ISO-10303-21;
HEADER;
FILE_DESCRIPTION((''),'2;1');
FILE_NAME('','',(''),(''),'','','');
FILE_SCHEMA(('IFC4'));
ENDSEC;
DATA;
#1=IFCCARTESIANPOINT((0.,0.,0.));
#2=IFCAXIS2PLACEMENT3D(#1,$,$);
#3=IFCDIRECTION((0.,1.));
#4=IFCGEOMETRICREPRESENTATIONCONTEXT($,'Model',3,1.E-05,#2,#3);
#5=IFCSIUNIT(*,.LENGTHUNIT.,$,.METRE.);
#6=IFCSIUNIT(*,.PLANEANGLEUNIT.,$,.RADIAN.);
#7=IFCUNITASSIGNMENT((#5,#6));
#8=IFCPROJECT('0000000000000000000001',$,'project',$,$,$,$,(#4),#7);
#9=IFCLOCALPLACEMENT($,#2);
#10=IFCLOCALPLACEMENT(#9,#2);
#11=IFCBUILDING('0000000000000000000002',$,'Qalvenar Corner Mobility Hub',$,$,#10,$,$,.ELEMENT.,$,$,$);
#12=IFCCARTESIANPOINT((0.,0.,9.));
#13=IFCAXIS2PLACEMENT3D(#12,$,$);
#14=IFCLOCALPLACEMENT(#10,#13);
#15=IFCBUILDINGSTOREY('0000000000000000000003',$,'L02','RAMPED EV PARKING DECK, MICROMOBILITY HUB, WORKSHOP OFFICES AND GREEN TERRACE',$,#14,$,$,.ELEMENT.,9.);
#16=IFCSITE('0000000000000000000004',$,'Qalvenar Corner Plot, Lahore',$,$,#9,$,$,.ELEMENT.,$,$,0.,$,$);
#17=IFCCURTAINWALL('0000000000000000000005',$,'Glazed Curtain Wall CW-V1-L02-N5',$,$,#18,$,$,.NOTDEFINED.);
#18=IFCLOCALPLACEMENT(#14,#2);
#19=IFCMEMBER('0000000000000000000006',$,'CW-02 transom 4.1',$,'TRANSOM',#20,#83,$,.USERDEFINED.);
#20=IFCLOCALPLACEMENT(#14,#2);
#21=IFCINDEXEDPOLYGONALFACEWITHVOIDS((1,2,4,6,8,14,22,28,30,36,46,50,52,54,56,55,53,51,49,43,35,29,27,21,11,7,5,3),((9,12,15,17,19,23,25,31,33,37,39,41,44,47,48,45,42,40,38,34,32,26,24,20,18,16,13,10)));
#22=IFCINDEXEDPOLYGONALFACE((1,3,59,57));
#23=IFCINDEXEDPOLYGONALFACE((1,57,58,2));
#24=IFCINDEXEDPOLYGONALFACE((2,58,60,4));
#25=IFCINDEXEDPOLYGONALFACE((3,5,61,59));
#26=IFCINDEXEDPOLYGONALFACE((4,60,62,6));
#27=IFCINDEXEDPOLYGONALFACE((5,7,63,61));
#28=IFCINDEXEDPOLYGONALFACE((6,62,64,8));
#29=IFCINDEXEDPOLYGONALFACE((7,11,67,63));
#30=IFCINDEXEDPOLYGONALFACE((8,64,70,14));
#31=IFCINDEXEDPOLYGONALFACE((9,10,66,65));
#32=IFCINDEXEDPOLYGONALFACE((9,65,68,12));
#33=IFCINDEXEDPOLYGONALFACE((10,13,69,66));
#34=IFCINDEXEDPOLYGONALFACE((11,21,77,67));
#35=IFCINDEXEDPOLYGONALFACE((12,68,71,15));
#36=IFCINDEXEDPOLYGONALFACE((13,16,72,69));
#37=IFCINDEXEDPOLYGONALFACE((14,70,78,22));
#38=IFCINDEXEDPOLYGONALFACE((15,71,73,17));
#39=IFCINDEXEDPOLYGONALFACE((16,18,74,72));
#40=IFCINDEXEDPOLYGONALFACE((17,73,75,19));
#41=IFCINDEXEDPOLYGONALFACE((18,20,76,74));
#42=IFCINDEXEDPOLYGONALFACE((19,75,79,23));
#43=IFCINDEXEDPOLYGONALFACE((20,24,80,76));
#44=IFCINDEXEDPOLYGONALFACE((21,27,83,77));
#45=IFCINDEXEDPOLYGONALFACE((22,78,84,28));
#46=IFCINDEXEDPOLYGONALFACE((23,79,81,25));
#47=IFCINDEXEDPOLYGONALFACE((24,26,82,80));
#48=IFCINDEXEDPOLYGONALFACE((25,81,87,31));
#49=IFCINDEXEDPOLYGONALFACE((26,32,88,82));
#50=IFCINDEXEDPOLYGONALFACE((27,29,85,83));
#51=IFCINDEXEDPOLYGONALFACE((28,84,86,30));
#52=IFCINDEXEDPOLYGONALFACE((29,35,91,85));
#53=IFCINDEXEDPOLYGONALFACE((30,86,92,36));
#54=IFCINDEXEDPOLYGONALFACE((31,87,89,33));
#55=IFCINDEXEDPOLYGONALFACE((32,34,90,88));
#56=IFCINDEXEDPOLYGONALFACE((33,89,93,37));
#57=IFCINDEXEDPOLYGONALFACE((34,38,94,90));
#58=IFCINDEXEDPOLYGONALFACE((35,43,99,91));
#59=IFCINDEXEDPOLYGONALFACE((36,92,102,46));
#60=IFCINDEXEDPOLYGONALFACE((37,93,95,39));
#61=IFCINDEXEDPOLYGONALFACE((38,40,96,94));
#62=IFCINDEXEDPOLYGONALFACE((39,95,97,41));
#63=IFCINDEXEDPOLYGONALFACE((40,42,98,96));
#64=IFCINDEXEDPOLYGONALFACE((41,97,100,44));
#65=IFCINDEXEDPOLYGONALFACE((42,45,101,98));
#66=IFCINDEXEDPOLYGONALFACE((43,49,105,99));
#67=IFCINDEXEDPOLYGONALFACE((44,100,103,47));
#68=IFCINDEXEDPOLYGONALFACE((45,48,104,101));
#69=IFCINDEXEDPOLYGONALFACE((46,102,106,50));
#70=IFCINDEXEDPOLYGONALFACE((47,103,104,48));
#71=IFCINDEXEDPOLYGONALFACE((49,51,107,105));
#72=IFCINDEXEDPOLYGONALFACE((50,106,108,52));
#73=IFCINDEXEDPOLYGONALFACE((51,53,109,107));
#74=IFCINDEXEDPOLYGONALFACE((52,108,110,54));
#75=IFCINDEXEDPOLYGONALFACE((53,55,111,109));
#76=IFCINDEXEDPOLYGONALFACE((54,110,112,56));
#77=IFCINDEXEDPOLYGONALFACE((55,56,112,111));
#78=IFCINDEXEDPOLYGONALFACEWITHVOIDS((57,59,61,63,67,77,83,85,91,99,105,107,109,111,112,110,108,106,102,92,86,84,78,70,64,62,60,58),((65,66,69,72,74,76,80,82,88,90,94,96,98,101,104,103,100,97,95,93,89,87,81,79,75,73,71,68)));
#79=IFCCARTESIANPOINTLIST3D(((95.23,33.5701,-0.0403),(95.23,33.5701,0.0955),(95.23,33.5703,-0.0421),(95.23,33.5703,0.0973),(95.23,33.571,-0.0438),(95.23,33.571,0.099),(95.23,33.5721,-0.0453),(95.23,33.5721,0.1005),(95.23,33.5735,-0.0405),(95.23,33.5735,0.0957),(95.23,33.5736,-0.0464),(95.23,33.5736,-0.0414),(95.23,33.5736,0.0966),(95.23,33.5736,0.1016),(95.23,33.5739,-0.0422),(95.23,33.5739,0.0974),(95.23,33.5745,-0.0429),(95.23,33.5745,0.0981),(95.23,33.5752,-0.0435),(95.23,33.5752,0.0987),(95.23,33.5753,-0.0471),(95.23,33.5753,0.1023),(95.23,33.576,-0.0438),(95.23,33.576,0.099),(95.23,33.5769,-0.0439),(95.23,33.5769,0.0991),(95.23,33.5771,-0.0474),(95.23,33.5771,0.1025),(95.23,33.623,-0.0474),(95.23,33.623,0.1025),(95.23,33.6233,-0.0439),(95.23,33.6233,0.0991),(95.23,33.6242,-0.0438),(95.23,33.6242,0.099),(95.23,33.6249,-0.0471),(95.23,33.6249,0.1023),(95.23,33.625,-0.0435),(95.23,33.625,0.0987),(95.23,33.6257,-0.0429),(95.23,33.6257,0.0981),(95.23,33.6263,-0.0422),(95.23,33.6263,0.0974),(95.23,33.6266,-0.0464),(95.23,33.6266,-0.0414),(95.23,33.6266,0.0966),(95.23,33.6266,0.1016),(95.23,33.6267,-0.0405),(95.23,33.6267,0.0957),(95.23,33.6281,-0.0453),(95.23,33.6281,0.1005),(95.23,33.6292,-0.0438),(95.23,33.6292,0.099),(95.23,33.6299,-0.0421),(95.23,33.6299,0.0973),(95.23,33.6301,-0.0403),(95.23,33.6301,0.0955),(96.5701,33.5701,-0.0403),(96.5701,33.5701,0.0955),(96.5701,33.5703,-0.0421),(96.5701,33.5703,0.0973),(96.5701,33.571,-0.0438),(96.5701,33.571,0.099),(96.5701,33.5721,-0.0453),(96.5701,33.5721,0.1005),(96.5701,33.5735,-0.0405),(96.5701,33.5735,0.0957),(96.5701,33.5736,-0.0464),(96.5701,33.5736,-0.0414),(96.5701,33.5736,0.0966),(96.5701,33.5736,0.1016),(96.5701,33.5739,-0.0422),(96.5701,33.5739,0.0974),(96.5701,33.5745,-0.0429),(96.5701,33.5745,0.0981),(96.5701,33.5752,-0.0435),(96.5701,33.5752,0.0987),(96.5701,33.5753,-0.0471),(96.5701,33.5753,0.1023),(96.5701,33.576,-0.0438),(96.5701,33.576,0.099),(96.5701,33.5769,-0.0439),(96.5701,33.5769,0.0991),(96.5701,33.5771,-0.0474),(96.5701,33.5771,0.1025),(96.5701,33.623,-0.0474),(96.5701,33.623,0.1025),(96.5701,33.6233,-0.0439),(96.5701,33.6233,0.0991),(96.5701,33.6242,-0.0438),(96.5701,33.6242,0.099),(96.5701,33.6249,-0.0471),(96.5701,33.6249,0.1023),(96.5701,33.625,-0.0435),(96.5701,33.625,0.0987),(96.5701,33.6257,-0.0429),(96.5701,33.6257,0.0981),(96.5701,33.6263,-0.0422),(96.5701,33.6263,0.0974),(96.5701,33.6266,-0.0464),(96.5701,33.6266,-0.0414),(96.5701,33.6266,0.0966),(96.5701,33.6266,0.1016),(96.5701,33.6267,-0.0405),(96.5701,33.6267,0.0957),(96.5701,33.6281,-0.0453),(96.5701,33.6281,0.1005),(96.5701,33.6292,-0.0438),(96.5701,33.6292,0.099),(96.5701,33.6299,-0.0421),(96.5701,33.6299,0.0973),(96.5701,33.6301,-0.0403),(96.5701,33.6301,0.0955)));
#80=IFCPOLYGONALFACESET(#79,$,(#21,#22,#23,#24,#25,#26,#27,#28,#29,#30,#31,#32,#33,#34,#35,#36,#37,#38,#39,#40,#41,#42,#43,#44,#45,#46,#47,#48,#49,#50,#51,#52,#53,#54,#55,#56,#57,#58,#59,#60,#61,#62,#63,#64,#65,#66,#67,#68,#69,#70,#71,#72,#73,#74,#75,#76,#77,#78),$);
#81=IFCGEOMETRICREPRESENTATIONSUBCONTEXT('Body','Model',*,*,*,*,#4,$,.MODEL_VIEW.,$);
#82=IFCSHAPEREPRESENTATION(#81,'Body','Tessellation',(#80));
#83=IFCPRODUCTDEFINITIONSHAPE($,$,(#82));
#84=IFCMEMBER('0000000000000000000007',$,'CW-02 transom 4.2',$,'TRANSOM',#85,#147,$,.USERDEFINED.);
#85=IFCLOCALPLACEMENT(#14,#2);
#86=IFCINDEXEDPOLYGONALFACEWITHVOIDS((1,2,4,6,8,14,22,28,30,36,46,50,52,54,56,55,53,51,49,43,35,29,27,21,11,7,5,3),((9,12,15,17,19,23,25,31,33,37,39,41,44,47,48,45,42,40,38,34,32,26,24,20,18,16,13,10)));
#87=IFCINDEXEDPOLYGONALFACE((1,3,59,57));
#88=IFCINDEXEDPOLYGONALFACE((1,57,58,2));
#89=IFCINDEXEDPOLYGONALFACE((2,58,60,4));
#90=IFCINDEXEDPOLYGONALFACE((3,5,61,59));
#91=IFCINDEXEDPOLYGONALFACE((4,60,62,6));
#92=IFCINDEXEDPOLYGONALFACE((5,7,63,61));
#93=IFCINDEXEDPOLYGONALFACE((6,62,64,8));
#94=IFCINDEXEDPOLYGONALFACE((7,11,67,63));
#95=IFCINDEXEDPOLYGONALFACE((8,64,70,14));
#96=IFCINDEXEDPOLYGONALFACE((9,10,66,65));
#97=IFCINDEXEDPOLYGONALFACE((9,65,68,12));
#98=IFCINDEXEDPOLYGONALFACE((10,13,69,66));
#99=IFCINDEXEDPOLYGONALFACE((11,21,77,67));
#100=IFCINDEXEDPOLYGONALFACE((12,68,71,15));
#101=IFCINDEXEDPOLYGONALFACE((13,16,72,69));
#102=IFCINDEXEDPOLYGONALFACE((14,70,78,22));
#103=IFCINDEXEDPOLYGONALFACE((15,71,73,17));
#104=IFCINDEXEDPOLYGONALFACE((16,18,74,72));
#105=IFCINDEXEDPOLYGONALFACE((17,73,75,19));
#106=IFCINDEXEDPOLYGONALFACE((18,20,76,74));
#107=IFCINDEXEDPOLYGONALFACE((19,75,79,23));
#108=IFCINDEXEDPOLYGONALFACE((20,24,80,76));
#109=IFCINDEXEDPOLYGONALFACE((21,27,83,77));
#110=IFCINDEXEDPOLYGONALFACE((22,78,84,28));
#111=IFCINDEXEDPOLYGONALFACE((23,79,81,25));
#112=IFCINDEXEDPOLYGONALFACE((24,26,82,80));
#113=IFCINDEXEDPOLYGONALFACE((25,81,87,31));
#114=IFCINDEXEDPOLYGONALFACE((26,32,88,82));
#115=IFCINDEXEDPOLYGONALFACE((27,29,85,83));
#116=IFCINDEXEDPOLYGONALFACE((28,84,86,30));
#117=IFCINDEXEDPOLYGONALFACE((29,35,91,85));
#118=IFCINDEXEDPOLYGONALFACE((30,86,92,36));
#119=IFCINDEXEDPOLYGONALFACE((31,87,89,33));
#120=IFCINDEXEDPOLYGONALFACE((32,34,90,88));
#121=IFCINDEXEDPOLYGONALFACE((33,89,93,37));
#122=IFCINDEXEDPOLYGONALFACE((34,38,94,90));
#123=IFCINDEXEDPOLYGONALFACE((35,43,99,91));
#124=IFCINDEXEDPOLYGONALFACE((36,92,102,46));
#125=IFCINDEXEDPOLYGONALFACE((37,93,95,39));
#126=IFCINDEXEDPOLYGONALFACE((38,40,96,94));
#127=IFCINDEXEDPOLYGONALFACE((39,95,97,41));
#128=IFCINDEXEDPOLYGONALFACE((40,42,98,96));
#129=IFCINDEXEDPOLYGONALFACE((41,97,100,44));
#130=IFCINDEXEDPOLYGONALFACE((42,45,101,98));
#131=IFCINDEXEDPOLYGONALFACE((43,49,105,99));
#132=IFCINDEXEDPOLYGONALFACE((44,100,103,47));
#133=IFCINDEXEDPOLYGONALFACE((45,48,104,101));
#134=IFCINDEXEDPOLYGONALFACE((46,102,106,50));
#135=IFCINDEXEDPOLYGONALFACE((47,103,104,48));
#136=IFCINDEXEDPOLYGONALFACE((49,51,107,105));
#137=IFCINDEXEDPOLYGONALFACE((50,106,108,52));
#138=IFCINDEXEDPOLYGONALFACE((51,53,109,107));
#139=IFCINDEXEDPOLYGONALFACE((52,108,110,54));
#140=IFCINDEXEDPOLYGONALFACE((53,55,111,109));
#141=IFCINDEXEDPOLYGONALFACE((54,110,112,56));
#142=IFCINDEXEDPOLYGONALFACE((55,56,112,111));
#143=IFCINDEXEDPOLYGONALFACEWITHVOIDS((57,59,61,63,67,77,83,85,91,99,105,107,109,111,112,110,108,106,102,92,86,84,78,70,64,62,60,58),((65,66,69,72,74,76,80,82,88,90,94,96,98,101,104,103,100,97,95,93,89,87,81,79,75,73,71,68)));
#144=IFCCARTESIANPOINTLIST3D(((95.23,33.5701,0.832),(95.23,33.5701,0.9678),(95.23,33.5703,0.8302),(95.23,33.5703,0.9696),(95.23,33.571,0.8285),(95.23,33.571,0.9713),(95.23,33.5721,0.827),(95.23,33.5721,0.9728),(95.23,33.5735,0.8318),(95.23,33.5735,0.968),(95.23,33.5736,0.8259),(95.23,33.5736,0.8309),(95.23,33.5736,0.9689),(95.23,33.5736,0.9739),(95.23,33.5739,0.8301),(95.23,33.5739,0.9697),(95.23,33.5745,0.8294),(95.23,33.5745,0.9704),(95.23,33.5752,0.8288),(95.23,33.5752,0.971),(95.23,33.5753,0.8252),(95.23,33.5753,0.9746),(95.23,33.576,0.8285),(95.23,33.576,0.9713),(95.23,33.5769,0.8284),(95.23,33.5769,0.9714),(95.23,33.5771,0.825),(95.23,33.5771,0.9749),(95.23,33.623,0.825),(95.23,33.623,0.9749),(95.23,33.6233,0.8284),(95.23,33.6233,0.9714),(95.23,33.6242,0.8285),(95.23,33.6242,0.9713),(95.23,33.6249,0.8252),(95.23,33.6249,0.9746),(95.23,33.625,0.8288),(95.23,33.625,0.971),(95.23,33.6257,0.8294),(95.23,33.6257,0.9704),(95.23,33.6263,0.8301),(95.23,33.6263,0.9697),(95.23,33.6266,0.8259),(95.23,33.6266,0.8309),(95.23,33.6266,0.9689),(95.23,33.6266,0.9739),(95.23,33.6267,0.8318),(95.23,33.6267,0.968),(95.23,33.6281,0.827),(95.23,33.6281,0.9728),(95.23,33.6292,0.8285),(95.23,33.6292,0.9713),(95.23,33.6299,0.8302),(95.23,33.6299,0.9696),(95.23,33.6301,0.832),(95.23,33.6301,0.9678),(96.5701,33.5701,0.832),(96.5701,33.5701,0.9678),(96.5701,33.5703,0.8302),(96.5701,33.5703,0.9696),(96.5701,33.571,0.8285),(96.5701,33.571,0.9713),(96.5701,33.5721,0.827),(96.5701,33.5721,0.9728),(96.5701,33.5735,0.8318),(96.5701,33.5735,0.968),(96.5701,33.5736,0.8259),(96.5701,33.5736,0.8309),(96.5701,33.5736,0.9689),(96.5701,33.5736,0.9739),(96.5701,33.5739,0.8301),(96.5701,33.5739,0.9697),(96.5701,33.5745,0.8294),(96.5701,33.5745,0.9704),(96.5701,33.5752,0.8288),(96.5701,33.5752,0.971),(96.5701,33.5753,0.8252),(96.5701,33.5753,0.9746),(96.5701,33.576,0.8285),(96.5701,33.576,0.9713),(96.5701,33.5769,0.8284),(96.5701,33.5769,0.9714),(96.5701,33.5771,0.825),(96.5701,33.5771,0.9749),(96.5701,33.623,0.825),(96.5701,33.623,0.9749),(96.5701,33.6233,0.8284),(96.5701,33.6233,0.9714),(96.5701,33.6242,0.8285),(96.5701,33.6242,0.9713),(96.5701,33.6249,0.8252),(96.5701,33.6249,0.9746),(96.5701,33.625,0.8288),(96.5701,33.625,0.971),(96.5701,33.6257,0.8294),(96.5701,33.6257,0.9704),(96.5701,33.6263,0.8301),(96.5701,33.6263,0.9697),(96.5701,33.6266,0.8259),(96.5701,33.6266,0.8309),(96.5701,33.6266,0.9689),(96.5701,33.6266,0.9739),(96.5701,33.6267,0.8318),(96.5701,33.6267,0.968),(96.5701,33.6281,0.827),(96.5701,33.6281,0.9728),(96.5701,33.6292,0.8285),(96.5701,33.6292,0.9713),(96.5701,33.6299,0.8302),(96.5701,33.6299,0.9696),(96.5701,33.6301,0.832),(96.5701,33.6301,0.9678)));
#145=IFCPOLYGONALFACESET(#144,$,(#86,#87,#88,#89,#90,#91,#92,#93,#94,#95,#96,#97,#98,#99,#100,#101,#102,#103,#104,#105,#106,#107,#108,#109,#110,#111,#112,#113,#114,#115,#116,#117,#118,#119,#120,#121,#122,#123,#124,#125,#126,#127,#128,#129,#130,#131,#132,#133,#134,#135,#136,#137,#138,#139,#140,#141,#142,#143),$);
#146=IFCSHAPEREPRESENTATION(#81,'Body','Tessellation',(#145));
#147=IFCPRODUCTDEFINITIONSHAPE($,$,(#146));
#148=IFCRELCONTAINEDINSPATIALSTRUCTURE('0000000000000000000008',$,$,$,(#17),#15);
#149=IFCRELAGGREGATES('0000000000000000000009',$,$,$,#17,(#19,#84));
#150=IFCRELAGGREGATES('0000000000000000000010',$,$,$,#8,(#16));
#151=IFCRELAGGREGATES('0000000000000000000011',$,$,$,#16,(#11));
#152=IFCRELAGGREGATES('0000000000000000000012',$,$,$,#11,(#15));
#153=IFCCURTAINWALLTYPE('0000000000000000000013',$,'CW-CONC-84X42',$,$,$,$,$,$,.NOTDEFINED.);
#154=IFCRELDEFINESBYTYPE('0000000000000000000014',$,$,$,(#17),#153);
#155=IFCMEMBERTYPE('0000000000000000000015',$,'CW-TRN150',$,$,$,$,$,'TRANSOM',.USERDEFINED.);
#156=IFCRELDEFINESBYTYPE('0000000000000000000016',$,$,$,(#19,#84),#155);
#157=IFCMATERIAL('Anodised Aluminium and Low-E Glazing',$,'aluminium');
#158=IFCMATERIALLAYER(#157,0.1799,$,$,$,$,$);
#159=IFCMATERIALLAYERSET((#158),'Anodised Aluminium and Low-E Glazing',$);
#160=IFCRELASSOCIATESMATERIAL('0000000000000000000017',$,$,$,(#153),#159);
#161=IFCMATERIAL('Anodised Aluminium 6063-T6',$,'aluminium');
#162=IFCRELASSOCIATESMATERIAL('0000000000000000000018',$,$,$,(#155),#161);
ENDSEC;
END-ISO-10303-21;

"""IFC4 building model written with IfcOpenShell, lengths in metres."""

from ifc_helpers import new_model, si_unit, direction, frame, origin, origin_2d, place, context, subcontext, project, spatial, hollow_rectangle, extrude, material, layer, layer_set, material_profile, profile_set, type_object, element, aggregate, save


model = new_model("IFC4")

# Units and contexts
model_context = context("Model", 3, precision=1e-05, world=origin(), true_north=direction((0.0, 1.0)))
body_context = subcontext(model_context, "Body", "Model", "MODEL_VIEW")
ifc_project = project(units=[si_unit("LENGTHUNIT", "METRE"), si_unit("PLANEANGLEUNIT", "RADIAN")], contexts=[model_context])

# Site, building, storey
site_placement = place(None, origin())
site = spatial("IfcSite", under=ifc_project, at=site_placement, Name="Qalvenar Corner Plot, Lahore", CompositionType="ELEMENT", RefElevation=0.0)
building_placement = place(site_placement, origin())
building = spatial("IfcBuilding", under=site, at=building_placement, Name="Qalvenar Corner Mobility Hub", CompositionType="ELEMENT")
storey_placement = place(building_placement, frame((0.0, 0.0, 9.0)))
storey = spatial("IfcBuildingStorey", under=building, at=storey_placement, Name="L02", Description="RAMPED EV PARKING DECK, MICROMOBILITY HUB, WORKSHOP OFFICES AND GREEN TERRACE", CompositionType="ELEMENT", Elevation=9.0)

# Curtain wall, members
ifc_material_1 = material(Name="Anodised Aluminium and Low-E Glazing", Category="aluminium")
ifc_layer_1 = layer(ifc_material_1, 0.1799)
ifc_layer_set_1 = layer_set([ifc_layer_1], Name="Anodised Aluminium and Low-E Glazing")
curtain_wall_type = type_object("IfcCurtainWallType", Name="CW-CONC-84X42", PredefinedType="NOTDEFINED", material=ifc_layer_set_1)
curtain_wall_placement = place(storey_placement, origin())
curtain_wall = element("IfcCurtainWall", 1, at=curtain_wall_placement, inside=storey, type_object=curtain_wall_type, Name="Glazed Curtain Wall CW-V1-L02-N5", PredefinedType="NOTDEFINED")
ifc_material_2 = material(Name="Anodised Aluminium 6063-T6", Category="aluminium")
ifc_material_profile_1 = material_profile(ifc_material_2, hollow_rectangle(XDim=0.0601, YDim=0.1499, WallThickness=0.0034, InnerFilletRadius=0.0034, OuterFilletRadius=0.0071, at=origin_2d()), Name="RHS150x60x3.5")
ifc_profile_set_1 = profile_set([ifc_material_profile_1], Name="Anodised Aluminium 6063-T6")
member_type_1 = type_object("IfcMemberType", Name="CW-TRN150", ElementType="TRANSOM", PredefinedType="USERDEFINED", material=ifc_profile_set_1)
member_1_placement = place(storey_placement, frame((96.5701, 33.6001, 0.0276), z_axis=(-1.0, 0.0, 0.0), x_axis=(0.0, -1.0, 0.0)))
member_1 = element("IfcMember", 2, at=member_1_placement, type_object=member_type_1, Name="CW-02 transom 4.1", ObjectType="TRANSOM", PredefinedType="USERDEFINED", context=body_context, shape_type="SweptSolid", body=[
    extrude(hollow_rectangle(XDim=0.0601, YDim=0.1499, WallThickness=0.0034, InnerFilletRadius=0.0034, OuterFilletRadius=0.0071, at=origin_2d()), origin(), (0.0, 0.0, 1.0), 1.3401),
])
member_2_placement = place(storey_placement, frame((96.5701, 33.6001, 0.8999), z_axis=(-1.0, 0.0, 0.0), x_axis=(0.0, -1.0, 0.0)))
member_2 = element("IfcMember", 3, at=member_2_placement, type_object=member_type_1, Name="CW-02 transom 4.2", ObjectType="TRANSOM", PredefinedType="USERDEFINED", context=body_context, shape_type="SweptSolid", body=[
    extrude(hollow_rectangle(XDim=0.0601, YDim=0.1499, WallThickness=0.0034, InnerFilletRadius=0.0034, OuterFilletRadius=0.0071, at=origin_2d()), origin(), (0.0, 0.0, 1.0), 1.3401),
])
aggregate(curtain_wall, [member_1, member_2])

save(model, "model.ifc")
